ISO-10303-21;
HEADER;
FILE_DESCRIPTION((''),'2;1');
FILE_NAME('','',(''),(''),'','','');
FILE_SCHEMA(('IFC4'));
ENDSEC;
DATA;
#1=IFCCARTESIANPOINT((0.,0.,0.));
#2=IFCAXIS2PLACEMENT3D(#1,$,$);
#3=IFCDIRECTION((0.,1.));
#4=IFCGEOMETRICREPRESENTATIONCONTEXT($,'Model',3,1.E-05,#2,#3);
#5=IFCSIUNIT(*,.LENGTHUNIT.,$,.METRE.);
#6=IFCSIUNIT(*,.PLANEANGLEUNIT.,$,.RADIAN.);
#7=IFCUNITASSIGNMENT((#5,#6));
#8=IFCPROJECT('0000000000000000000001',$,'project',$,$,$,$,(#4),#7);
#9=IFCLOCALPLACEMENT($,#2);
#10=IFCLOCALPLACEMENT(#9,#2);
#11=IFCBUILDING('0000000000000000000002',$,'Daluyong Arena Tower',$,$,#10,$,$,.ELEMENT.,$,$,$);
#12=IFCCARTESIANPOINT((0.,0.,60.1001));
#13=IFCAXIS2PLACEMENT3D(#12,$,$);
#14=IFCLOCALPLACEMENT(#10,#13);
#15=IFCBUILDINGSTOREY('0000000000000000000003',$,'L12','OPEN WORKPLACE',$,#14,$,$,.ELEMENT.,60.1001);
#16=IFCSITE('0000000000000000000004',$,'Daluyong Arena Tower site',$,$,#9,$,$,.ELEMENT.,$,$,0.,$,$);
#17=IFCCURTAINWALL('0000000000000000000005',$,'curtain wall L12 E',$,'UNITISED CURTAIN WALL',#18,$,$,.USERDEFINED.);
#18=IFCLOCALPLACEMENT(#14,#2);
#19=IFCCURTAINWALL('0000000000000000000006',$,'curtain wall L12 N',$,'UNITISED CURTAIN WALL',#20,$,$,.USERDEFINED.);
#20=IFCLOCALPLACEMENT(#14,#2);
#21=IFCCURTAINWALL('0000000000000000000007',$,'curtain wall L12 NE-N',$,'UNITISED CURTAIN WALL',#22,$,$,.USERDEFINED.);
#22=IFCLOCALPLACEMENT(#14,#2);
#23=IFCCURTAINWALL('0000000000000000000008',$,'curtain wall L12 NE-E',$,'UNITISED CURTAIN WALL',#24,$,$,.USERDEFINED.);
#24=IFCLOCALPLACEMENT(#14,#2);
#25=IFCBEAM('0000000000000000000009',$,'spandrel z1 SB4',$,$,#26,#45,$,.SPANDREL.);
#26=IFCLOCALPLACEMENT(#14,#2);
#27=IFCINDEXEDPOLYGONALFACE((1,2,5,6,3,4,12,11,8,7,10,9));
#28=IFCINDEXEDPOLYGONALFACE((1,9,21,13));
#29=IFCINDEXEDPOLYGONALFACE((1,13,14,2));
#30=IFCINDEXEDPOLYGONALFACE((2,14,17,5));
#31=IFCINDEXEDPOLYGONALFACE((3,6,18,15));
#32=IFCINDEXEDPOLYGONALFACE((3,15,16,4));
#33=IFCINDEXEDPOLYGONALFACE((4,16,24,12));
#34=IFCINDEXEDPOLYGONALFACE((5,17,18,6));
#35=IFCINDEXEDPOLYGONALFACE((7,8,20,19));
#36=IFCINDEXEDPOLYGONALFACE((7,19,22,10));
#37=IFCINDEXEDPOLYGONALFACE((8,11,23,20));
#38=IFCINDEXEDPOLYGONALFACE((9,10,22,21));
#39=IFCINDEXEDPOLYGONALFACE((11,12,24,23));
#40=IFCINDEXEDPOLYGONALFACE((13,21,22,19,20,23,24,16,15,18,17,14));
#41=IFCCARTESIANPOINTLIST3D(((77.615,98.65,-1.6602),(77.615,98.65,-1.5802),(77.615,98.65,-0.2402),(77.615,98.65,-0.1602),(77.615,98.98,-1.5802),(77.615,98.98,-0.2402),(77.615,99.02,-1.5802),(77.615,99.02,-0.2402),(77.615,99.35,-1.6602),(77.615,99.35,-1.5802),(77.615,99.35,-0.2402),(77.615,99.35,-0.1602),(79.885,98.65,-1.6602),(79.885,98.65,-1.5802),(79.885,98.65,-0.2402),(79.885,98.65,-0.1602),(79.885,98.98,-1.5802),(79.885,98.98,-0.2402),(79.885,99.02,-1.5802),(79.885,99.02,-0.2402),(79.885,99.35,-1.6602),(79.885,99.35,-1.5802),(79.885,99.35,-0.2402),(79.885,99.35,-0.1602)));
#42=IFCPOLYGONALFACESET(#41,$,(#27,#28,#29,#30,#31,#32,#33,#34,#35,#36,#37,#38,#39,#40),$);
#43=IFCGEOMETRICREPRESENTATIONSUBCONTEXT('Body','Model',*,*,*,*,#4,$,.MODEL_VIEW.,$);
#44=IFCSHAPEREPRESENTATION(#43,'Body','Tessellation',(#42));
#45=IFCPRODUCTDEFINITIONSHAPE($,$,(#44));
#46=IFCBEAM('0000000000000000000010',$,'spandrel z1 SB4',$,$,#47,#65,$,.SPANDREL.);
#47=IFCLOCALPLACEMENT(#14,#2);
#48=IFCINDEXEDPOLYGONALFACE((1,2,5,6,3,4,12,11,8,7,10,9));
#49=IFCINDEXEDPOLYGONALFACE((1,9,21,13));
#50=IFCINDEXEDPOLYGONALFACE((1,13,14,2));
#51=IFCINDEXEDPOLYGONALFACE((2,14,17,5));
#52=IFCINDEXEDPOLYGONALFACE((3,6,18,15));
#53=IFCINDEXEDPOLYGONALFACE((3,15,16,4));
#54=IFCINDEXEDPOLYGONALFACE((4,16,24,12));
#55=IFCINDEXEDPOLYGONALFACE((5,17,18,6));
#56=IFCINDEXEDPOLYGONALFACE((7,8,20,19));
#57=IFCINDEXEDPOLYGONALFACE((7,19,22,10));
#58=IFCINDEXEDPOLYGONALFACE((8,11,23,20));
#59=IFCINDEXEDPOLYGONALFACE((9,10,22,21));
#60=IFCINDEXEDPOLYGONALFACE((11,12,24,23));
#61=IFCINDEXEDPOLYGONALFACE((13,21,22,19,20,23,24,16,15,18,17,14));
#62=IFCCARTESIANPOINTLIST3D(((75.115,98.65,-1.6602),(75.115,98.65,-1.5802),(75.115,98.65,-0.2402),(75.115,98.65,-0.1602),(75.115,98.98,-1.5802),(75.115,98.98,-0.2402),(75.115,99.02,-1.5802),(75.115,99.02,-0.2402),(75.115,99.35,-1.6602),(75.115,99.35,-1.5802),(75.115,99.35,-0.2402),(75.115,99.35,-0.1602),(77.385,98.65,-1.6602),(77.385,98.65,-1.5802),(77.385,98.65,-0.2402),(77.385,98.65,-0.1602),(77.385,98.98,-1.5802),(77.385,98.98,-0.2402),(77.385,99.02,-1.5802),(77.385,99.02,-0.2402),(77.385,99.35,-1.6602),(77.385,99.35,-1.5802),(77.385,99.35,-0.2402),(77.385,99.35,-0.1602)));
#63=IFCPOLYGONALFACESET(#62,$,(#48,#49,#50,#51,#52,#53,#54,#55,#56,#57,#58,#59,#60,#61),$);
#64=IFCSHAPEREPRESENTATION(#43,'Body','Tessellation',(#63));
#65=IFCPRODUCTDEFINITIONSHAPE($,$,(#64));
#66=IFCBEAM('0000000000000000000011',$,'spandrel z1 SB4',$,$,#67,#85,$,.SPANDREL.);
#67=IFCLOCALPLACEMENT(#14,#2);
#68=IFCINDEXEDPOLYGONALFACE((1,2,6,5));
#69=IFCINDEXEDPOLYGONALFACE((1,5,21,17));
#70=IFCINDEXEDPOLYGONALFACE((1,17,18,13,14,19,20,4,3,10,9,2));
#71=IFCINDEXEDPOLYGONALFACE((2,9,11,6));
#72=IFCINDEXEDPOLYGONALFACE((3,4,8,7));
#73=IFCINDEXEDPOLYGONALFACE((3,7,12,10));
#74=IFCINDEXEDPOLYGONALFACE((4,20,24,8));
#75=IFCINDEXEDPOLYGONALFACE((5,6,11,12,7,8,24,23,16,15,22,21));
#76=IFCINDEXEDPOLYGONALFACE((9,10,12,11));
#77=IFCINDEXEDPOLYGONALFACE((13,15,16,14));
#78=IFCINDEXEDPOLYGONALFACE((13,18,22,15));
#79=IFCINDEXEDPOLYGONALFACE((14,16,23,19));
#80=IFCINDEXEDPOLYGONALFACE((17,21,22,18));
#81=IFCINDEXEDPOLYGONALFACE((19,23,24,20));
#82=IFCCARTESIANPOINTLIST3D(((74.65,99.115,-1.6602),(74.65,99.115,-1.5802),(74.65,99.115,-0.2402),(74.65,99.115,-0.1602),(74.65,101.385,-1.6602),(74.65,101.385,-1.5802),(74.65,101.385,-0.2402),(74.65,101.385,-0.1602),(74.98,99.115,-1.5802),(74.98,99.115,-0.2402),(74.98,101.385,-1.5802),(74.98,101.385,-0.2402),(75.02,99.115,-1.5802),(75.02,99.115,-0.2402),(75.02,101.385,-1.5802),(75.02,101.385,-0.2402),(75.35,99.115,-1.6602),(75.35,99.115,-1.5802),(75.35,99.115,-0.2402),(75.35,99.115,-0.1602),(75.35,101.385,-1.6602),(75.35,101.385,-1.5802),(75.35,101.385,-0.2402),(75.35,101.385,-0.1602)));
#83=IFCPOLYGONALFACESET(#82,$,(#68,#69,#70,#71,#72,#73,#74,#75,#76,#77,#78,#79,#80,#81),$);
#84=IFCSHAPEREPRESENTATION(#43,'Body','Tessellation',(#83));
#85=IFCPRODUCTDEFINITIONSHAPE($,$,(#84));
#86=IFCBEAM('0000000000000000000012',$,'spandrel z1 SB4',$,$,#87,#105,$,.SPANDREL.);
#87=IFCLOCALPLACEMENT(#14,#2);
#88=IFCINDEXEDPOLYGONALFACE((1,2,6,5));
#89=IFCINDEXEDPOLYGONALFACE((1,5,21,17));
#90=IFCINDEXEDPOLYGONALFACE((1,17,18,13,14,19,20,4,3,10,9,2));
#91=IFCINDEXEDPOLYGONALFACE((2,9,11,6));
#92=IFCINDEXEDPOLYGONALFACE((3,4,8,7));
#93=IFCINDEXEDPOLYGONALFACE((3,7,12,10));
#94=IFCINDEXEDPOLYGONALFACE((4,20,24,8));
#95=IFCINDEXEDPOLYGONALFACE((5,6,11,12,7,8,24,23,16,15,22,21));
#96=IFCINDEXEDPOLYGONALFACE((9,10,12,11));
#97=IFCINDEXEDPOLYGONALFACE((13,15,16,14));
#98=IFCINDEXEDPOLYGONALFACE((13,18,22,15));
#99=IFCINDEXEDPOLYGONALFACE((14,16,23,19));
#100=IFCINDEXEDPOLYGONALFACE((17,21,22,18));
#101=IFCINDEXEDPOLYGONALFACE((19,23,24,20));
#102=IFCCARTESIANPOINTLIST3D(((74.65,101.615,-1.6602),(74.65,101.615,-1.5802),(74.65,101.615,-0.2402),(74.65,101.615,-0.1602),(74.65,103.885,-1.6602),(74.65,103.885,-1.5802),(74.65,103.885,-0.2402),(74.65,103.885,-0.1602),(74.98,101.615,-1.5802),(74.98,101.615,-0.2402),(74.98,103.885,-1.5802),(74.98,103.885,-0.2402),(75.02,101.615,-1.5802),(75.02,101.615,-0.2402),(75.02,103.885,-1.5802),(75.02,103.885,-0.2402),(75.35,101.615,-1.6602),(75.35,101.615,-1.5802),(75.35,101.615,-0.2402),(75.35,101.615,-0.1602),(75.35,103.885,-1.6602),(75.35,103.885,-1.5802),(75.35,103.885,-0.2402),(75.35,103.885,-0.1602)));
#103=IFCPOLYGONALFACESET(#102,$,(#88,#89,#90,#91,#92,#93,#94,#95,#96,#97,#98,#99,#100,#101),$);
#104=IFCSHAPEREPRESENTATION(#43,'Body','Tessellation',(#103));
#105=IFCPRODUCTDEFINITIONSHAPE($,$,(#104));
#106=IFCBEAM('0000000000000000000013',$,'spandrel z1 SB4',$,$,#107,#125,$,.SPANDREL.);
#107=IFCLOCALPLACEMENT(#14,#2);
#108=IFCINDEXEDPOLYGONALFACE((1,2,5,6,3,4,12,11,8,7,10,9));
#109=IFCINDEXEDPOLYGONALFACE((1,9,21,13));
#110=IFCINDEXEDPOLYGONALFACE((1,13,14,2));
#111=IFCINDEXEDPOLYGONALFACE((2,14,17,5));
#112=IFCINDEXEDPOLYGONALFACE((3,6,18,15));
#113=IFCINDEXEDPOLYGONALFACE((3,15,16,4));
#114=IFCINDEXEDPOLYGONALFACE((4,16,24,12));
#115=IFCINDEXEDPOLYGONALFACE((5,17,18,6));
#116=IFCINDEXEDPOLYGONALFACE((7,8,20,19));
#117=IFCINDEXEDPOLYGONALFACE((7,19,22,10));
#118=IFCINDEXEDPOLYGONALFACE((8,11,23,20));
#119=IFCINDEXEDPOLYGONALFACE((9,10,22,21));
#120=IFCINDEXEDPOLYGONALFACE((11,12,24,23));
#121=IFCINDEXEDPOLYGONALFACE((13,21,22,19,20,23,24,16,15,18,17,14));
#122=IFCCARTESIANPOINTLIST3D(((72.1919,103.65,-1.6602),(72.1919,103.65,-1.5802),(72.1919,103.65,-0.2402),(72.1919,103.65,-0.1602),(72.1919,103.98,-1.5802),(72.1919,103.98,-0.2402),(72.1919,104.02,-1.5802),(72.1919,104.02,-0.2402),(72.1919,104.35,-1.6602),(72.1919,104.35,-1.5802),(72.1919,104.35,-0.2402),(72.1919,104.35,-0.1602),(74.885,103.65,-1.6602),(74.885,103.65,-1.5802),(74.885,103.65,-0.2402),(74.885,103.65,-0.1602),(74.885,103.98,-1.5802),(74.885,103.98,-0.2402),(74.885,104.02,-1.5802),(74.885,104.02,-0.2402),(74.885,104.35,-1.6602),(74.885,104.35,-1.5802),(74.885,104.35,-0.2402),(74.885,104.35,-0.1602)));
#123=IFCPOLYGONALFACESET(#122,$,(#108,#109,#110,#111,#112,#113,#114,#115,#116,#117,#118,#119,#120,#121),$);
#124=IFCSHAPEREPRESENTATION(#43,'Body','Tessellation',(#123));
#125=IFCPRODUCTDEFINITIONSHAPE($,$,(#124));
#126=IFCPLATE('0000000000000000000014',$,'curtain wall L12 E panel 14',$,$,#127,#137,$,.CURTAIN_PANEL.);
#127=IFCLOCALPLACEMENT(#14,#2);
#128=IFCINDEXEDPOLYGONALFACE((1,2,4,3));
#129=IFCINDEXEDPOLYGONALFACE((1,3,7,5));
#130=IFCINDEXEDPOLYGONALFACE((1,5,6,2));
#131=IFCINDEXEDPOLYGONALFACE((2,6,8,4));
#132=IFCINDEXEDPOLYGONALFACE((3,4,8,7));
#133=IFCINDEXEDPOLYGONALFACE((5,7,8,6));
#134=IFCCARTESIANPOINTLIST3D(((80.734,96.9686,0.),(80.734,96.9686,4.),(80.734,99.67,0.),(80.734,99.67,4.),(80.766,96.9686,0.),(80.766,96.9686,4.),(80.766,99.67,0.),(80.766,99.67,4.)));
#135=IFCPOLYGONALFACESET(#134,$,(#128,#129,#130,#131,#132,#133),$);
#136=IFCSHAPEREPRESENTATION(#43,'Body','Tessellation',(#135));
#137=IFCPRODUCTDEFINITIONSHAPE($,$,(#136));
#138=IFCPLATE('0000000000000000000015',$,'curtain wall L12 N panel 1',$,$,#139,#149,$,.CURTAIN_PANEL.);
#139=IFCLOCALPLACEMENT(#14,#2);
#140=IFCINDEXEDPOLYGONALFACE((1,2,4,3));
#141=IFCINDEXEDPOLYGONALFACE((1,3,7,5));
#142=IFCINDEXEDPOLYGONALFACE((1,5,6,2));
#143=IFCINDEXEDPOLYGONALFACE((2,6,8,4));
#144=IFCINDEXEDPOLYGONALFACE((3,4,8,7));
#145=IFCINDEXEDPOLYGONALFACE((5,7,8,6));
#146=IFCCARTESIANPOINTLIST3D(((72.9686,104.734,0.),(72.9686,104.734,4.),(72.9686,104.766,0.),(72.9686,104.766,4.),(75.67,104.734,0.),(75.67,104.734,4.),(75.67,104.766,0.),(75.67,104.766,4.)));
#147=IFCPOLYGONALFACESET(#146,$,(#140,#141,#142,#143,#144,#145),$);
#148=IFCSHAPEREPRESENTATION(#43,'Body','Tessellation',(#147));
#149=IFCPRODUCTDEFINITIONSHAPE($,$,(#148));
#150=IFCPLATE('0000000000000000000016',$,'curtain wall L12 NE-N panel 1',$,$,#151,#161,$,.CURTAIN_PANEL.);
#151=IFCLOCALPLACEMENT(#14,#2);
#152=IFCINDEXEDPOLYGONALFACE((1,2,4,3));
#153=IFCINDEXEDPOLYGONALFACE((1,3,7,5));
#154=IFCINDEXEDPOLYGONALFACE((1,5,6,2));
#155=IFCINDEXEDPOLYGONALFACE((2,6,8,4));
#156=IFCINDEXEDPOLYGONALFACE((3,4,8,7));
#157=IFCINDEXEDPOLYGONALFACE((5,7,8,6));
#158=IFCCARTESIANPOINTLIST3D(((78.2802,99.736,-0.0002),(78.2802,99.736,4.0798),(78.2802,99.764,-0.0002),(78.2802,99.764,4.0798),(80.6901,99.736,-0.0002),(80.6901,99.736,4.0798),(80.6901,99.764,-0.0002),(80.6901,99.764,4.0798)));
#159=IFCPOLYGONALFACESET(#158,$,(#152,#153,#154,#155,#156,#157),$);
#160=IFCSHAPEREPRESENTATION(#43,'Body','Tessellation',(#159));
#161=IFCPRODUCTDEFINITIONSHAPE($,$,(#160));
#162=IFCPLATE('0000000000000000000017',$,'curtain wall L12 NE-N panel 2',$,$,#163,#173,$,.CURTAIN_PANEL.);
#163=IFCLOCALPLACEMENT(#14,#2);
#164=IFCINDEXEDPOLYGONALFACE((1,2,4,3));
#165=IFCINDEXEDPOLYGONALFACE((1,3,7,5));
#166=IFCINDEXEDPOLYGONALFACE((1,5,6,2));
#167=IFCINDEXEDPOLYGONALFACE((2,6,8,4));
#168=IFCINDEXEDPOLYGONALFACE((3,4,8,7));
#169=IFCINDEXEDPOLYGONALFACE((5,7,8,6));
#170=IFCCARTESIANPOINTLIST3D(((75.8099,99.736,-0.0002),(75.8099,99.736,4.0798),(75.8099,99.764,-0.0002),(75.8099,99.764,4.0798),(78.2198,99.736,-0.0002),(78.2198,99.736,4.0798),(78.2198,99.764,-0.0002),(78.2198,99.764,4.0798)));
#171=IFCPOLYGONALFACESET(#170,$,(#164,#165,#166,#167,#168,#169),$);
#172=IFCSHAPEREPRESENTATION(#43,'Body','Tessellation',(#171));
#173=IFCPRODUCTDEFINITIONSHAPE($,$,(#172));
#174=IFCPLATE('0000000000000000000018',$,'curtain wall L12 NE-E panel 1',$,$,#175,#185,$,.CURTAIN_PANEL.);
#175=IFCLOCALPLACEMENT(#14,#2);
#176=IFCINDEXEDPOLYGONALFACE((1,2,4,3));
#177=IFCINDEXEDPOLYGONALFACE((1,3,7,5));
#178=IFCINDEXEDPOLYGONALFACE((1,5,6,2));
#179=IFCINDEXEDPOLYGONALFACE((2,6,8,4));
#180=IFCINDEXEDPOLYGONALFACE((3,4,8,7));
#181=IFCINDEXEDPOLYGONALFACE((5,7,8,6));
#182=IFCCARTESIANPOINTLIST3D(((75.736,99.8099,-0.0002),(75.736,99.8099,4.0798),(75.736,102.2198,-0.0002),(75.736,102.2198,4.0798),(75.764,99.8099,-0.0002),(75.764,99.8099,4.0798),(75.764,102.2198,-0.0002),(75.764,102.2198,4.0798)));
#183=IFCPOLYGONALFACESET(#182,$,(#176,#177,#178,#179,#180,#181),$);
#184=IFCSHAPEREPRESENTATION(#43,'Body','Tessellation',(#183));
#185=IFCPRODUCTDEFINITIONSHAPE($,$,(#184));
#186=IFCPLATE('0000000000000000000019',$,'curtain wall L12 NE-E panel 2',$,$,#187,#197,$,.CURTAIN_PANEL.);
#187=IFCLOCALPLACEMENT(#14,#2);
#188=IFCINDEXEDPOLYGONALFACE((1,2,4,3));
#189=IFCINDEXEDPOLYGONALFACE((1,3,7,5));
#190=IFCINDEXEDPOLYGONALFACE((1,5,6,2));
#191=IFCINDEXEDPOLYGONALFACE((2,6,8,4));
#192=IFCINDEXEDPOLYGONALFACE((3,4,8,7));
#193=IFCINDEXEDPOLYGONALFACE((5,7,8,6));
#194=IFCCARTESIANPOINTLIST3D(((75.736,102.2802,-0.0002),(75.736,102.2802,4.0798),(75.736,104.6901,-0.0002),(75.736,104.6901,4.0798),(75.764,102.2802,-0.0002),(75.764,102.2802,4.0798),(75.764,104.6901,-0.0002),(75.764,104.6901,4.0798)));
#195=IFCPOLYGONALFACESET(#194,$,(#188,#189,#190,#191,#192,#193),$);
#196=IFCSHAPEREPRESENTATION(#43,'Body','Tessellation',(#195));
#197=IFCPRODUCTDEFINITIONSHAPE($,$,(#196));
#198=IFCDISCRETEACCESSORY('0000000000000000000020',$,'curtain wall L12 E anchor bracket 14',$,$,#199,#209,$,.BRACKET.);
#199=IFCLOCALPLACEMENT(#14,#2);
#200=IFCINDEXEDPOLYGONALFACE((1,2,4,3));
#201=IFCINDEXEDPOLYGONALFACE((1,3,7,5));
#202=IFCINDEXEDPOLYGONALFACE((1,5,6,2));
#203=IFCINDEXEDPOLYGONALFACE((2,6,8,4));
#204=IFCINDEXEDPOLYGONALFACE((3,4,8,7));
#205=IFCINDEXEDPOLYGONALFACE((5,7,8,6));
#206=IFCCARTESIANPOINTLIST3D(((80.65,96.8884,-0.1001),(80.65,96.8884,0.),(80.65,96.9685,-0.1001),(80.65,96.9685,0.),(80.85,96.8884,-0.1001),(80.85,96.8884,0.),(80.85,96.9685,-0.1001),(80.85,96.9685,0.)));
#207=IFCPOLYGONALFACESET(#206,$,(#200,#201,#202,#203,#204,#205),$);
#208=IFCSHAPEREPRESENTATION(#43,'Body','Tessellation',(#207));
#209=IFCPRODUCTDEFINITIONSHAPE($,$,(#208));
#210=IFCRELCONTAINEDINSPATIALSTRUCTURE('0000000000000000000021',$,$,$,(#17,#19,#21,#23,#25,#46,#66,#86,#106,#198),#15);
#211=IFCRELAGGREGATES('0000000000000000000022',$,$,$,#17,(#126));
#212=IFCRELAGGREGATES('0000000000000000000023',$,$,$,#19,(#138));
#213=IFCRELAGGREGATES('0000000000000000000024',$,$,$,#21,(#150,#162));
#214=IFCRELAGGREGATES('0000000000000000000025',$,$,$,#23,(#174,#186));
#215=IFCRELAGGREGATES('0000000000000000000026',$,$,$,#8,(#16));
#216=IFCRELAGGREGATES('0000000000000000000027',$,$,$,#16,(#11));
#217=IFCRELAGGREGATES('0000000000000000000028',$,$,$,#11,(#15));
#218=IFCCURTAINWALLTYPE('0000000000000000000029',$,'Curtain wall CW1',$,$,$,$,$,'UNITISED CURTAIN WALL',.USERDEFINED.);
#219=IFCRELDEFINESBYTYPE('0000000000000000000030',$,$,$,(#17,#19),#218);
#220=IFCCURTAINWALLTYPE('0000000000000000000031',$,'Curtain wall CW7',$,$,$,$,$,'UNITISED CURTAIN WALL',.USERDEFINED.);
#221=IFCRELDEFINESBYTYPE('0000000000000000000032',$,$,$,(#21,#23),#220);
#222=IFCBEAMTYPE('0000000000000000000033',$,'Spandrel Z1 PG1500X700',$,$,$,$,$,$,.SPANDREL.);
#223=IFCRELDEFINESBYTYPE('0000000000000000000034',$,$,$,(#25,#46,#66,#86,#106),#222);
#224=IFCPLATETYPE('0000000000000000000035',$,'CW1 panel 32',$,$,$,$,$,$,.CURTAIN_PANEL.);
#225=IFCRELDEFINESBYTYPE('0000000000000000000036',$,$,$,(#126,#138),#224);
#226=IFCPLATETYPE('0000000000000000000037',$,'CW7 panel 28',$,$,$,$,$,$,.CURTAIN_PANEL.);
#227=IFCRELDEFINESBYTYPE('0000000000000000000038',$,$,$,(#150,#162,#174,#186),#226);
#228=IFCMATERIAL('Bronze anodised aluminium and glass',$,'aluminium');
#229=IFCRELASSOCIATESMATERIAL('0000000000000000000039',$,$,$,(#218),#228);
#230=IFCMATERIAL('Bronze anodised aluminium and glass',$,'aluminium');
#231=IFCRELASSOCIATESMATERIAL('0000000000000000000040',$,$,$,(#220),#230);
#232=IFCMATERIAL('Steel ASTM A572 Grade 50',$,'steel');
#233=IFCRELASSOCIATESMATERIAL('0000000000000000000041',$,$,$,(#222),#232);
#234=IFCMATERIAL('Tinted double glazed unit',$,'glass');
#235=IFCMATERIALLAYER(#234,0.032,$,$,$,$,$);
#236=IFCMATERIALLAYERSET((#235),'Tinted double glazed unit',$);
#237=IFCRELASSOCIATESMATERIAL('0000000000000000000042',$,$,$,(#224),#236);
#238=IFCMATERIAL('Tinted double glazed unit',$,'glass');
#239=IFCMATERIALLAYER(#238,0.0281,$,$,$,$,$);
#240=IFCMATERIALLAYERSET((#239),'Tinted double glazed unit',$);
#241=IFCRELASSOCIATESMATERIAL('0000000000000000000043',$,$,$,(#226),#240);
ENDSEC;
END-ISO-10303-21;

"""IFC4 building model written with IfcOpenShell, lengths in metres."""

from ifc_helpers import new_model, si_unit, direction, frame, origin, origin_2d, place, context, subcontext, project, spatial, rectangle, i_section, extrude, material, layer, layer_set, material_profile, profile_set, type_object, element, aggregate, save


model = new_model("IFC4")

# Units and contexts
model_context = context("Model", 3, precision=1e-05, world=origin(), true_north=direction((0.0, 1.0)))
body_context = subcontext(model_context, "Body", "Model", "MODEL_VIEW")
ifc_project = project(units=[si_unit("LENGTHUNIT", "METRE"), si_unit("PLANEANGLEUNIT", "RADIAN")], contexts=[model_context])

# Site, building, storey
site_placement = place(None, origin())
site = spatial("IfcSite", under=ifc_project, at=site_placement, Name="Daluyong Arena Tower site", CompositionType="ELEMENT", RefElevation=0.0)
building_placement = place(site_placement, origin())
building = spatial("IfcBuilding", under=site, at=building_placement, Name="Daluyong Arena Tower", CompositionType="ELEMENT")
storey_placement = place(building_placement, frame((0.0, 0.0, 60.1001)))
storey = spatial("IfcBuildingStorey", under=building, at=storey_placement, Name="L12", Description="OPEN WORKPLACE", CompositionType="ELEMENT", Elevation=60.1001)

# Curtain walls
ifc_material_1 = material(Name="Bronze anodised aluminium and glass", Category="aluminium")
curtain_wall_type_1 = type_object("IfcCurtainWallType", Name="Curtain wall CW1", ElementType="UNITISED CURTAIN WALL", PredefinedType="USERDEFINED", material=ifc_material_1)
curtain_wall_1_placement = place(storey_placement, origin())
curtain_wall_1 = element("IfcCurtainWall", 1, at=curtain_wall_1_placement, inside=storey, type_object=curtain_wall_type_1, Name="curtain wall L12 E", ObjectType="UNITISED CURTAIN WALL", PredefinedType="USERDEFINED")
curtain_wall_2_placement = place(storey_placement, origin())
curtain_wall_2 = element("IfcCurtainWall", 2, at=curtain_wall_2_placement, inside=storey, type_object=curtain_wall_type_1, Name="curtain wall L12 N", ObjectType="UNITISED CURTAIN WALL", PredefinedType="USERDEFINED")

# Curtain walls
ifc_material_2 = material(Name="Bronze anodised aluminium and glass", Category="aluminium")
curtain_wall_type_2 = type_object("IfcCurtainWallType", Name="Curtain wall CW7", ElementType="UNITISED CURTAIN WALL", PredefinedType="USERDEFINED", material=ifc_material_2)
curtain_wall_3_placement = place(storey_placement, origin())
curtain_wall_3 = element("IfcCurtainWall", 3, at=curtain_wall_3_placement, inside=storey, type_object=curtain_wall_type_2, Name="curtain wall L12 NE-N", ObjectType="UNITISED CURTAIN WALL", PredefinedType="USERDEFINED")
curtain_wall_4_placement = place(storey_placement, origin())
curtain_wall_4 = element("IfcCurtainWall", 4, at=curtain_wall_4_placement, inside=storey, type_object=curtain_wall_type_2, Name="curtain wall L12 NE-E", ObjectType="UNITISED CURTAIN WALL", PredefinedType="USERDEFINED")

# Beams
ifc_material_3 = material(Name="Steel ASTM A572 Grade 50", Category="steel")
ifc_material_profile_1 = material_profile(ifc_material_3, i_section(OverallWidth=0.7, OverallDepth=1.5, WebThickness=0.04, FlangeThickness=0.08, at=origin_2d()))
ifc_profile_set_1 = profile_set([ifc_material_profile_1], Name="Steel ASTM A572 Grade 50")
beam_type_1 = type_object("IfcBeamType", Name="Spandrel Z1 PG1500X700", PredefinedType="SPANDREL", material=ifc_profile_set_1)
for number, where, z_axis, x_axis, name in (
    (5, (79.885, 99.0, -0.9102), (-1.0, 0.0, 0.0), (0.0, -1.0, 0.0), "spandrel z1 SB4"),
    (6, (77.385, 99.0, -0.9102), (-1.0, 0.0, 0.0), (0.0, -1.0, 0.0), "spandrel z1 SB4"),
    (7, (75.0, 99.115, -0.9102), (0.0, 1.0, 0.0), (-1.0, 0.0, 0.0), "spandrel z1 SB4"),
    (8, (75.0, 101.615, -0.9102), (0.0, 1.0, 0.0), (-1.0, 0.0, 0.0), "spandrel z1 SB4"),
):
    element("IfcBeam", number, at=place(storey_placement, frame(where, z_axis=z_axis, x_axis=x_axis)), inside=storey, type_object=beam_type_1, Name=name, PredefinedType="SPANDREL", context=body_context, shape_type="SweptSolid", body=[
        extrude(i_section(OverallWidth=0.7, OverallDepth=1.5, WebThickness=0.04, FlangeThickness=0.08, at=origin_2d()), origin(), (0.0, 0.0, 1.0), 2.27),
    ])
beam_1_placement = place(storey_placement, frame((74.885, 104.0, -0.9102), z_axis=(-1.0, 0.0, 0.0), x_axis=(0.0, -1.0, 0.0)))
element("IfcBeam", 9, at=beam_1_placement, inside=storey, type_object=beam_type_1, Name="spandrel z1 SB4", PredefinedType="SPANDREL", context=body_context, shape_type="SweptSolid", body=[
    extrude(i_section(OverallWidth=0.7, OverallDepth=1.5, WebThickness=0.04, FlangeThickness=0.08, at=origin_2d()), origin(), (0.0, 0.0, 1.0), 2.6931),
])

# Plates
ifc_material_4 = material(Name="Tinted double glazed unit", Category="glass")
ifc_layer_1 = layer(ifc_material_4, 0.032)
ifc_layer_set_1 = layer_set([ifc_layer_1], Name="Tinted double glazed unit")
plate_type_1 = type_object("IfcPlateType", Name="CW1 panel 32", PredefinedType="CURTAIN_PANEL", material=ifc_layer_set_1)
plate_1_placement = place(storey_placement, frame((80.75, 98.3193, 0.0), z_axis=(0.0, 0.0, 1.0), x_axis=(0.0, 1.0, 0.0)))
plate_1 = element("IfcPlate", 10, at=plate_1_placement, type_object=plate_type_1, Name="curtain wall L12 E panel 14", PredefinedType="CURTAIN_PANEL", context=body_context, shape_type="SweptSolid", body=[
    extrude(rectangle(XDim=2.7014, YDim=0.032, at=origin_2d()), origin(), (0.0, 0.0, 1.0), 4.0),
])
aggregate(curtain_wall_1, [plate_1])
plate_2_placement = place(storey_placement, frame((74.3193, 104.75, 0.0), z_axis=(0.0, 0.0, 1.0), x_axis=(-1.0, 0.0, 0.0)))
plate_2 = element("IfcPlate", 11, at=plate_2_placement, type_object=plate_type_1, Name="curtain wall L12 N panel 1", PredefinedType="CURTAIN_PANEL", context=body_context, shape_type="SweptSolid", body=[
    extrude(rectangle(XDim=2.7014, YDim=0.032, at=origin_2d()), origin(), (0.0, 0.0, 1.0), 4.0),
])
aggregate(curtain_wall_2, [plate_2])
ifc_material_5 = material(Name="Tinted double glazed unit", Category="glass")
ifc_layer_2 = layer(ifc_material_5, 0.0281)
ifc_layer_set_2 = layer_set([ifc_layer_2], Name="Tinted double glazed unit")
plate_type_2 = type_object("IfcPlateType", Name="CW7 panel 28", PredefinedType="CURTAIN_PANEL", material=ifc_layer_set_2)
plate_3_placement = place(storey_placement, frame((79.4851, 99.75, -0.0002), z_axis=(0.0, 0.0, 1.0), x_axis=(-1.0, 0.0, 0.0)))
plate_3 = element("IfcPlate", 12, at=plate_3_placement, type_object=plate_type_2, Name="curtain wall L12 NE-N panel 1", PredefinedType="CURTAIN_PANEL", context=body_context, shape_type="SweptSolid", body=[
    extrude(rectangle(XDim=2.4099, YDim=0.0281, at=origin_2d()), origin(), (0.0, 0.0, 1.0), 4.0801),
])
plate_4_placement = place(storey_placement, frame((77.0149, 99.75, -0.0002), z_axis=(0.0, 0.0, 1.0), x_axis=(-1.0, 0.0, 0.0)))
plate_4 = element("IfcPlate", 13, at=plate_4_placement, type_object=plate_type_2, Name="curtain wall L12 NE-N panel 2", PredefinedType="CURTAIN_PANEL", context=body_context, shape_type="SweptSolid", body=[
    extrude(rectangle(XDim=2.4099, YDim=0.0281, at=origin_2d()), origin(), (0.0, 0.0, 1.0), 4.0801),
])
aggregate(curtain_wall_3, [plate_3, plate_4])
plate_5_placement = place(storey_placement, frame((75.75, 101.0149, -0.0002), z_axis=(0.0, 0.0, 1.0), x_axis=(0.0, 1.0, 0.0)))
plate_5 = element("IfcPlate", 14, at=plate_5_placement, type_object=plate_type_2, Name="curtain wall L12 NE-E panel 1", PredefinedType="CURTAIN_PANEL", context=body_context, shape_type="SweptSolid", body=[
    extrude(rectangle(XDim=2.4099, YDim=0.0281, at=origin_2d()), origin(), (0.0, 0.0, 1.0), 4.0801),
])
plate_6_placement = place(storey_placement, frame((75.75, 103.4851, -0.0002), z_axis=(0.0, 0.0, 1.0), x_axis=(0.0, 1.0, 0.0)))
plate_6 = element("IfcPlate", 15, at=plate_6_placement, type_object=plate_type_2, Name="curtain wall L12 NE-E panel 2", PredefinedType="CURTAIN_PANEL", context=body_context, shape_type="SweptSolid", body=[
    extrude(rectangle(XDim=2.4099, YDim=0.0281, at=origin_2d()), origin(), (0.0, 0.0, 1.0), 4.0801),
])
aggregate(curtain_wall_4, [plate_5, plate_6])

# Discrete accessory
discrete_accessory_1_placement = place(storey_placement, frame((80.75, 96.9285, -0.1001), z_axis=(0.0, 0.0, 1.0), x_axis=(0.0, 1.0, 0.0)))
element("IfcDiscreteAccessory", 16, at=discrete_accessory_1_placement, inside=storey, Name="curtain wall L12 E anchor bracket 14", PredefinedType="BRACKET", context=body_context, shape_type="SweptSolid", body=[
    extrude(rectangle(XDim=0.0801, YDim=0.2, at=origin_2d()), origin(), (0.0, 0.0, 1.0), 0.1001),
])

save(model, "model.ifc")
